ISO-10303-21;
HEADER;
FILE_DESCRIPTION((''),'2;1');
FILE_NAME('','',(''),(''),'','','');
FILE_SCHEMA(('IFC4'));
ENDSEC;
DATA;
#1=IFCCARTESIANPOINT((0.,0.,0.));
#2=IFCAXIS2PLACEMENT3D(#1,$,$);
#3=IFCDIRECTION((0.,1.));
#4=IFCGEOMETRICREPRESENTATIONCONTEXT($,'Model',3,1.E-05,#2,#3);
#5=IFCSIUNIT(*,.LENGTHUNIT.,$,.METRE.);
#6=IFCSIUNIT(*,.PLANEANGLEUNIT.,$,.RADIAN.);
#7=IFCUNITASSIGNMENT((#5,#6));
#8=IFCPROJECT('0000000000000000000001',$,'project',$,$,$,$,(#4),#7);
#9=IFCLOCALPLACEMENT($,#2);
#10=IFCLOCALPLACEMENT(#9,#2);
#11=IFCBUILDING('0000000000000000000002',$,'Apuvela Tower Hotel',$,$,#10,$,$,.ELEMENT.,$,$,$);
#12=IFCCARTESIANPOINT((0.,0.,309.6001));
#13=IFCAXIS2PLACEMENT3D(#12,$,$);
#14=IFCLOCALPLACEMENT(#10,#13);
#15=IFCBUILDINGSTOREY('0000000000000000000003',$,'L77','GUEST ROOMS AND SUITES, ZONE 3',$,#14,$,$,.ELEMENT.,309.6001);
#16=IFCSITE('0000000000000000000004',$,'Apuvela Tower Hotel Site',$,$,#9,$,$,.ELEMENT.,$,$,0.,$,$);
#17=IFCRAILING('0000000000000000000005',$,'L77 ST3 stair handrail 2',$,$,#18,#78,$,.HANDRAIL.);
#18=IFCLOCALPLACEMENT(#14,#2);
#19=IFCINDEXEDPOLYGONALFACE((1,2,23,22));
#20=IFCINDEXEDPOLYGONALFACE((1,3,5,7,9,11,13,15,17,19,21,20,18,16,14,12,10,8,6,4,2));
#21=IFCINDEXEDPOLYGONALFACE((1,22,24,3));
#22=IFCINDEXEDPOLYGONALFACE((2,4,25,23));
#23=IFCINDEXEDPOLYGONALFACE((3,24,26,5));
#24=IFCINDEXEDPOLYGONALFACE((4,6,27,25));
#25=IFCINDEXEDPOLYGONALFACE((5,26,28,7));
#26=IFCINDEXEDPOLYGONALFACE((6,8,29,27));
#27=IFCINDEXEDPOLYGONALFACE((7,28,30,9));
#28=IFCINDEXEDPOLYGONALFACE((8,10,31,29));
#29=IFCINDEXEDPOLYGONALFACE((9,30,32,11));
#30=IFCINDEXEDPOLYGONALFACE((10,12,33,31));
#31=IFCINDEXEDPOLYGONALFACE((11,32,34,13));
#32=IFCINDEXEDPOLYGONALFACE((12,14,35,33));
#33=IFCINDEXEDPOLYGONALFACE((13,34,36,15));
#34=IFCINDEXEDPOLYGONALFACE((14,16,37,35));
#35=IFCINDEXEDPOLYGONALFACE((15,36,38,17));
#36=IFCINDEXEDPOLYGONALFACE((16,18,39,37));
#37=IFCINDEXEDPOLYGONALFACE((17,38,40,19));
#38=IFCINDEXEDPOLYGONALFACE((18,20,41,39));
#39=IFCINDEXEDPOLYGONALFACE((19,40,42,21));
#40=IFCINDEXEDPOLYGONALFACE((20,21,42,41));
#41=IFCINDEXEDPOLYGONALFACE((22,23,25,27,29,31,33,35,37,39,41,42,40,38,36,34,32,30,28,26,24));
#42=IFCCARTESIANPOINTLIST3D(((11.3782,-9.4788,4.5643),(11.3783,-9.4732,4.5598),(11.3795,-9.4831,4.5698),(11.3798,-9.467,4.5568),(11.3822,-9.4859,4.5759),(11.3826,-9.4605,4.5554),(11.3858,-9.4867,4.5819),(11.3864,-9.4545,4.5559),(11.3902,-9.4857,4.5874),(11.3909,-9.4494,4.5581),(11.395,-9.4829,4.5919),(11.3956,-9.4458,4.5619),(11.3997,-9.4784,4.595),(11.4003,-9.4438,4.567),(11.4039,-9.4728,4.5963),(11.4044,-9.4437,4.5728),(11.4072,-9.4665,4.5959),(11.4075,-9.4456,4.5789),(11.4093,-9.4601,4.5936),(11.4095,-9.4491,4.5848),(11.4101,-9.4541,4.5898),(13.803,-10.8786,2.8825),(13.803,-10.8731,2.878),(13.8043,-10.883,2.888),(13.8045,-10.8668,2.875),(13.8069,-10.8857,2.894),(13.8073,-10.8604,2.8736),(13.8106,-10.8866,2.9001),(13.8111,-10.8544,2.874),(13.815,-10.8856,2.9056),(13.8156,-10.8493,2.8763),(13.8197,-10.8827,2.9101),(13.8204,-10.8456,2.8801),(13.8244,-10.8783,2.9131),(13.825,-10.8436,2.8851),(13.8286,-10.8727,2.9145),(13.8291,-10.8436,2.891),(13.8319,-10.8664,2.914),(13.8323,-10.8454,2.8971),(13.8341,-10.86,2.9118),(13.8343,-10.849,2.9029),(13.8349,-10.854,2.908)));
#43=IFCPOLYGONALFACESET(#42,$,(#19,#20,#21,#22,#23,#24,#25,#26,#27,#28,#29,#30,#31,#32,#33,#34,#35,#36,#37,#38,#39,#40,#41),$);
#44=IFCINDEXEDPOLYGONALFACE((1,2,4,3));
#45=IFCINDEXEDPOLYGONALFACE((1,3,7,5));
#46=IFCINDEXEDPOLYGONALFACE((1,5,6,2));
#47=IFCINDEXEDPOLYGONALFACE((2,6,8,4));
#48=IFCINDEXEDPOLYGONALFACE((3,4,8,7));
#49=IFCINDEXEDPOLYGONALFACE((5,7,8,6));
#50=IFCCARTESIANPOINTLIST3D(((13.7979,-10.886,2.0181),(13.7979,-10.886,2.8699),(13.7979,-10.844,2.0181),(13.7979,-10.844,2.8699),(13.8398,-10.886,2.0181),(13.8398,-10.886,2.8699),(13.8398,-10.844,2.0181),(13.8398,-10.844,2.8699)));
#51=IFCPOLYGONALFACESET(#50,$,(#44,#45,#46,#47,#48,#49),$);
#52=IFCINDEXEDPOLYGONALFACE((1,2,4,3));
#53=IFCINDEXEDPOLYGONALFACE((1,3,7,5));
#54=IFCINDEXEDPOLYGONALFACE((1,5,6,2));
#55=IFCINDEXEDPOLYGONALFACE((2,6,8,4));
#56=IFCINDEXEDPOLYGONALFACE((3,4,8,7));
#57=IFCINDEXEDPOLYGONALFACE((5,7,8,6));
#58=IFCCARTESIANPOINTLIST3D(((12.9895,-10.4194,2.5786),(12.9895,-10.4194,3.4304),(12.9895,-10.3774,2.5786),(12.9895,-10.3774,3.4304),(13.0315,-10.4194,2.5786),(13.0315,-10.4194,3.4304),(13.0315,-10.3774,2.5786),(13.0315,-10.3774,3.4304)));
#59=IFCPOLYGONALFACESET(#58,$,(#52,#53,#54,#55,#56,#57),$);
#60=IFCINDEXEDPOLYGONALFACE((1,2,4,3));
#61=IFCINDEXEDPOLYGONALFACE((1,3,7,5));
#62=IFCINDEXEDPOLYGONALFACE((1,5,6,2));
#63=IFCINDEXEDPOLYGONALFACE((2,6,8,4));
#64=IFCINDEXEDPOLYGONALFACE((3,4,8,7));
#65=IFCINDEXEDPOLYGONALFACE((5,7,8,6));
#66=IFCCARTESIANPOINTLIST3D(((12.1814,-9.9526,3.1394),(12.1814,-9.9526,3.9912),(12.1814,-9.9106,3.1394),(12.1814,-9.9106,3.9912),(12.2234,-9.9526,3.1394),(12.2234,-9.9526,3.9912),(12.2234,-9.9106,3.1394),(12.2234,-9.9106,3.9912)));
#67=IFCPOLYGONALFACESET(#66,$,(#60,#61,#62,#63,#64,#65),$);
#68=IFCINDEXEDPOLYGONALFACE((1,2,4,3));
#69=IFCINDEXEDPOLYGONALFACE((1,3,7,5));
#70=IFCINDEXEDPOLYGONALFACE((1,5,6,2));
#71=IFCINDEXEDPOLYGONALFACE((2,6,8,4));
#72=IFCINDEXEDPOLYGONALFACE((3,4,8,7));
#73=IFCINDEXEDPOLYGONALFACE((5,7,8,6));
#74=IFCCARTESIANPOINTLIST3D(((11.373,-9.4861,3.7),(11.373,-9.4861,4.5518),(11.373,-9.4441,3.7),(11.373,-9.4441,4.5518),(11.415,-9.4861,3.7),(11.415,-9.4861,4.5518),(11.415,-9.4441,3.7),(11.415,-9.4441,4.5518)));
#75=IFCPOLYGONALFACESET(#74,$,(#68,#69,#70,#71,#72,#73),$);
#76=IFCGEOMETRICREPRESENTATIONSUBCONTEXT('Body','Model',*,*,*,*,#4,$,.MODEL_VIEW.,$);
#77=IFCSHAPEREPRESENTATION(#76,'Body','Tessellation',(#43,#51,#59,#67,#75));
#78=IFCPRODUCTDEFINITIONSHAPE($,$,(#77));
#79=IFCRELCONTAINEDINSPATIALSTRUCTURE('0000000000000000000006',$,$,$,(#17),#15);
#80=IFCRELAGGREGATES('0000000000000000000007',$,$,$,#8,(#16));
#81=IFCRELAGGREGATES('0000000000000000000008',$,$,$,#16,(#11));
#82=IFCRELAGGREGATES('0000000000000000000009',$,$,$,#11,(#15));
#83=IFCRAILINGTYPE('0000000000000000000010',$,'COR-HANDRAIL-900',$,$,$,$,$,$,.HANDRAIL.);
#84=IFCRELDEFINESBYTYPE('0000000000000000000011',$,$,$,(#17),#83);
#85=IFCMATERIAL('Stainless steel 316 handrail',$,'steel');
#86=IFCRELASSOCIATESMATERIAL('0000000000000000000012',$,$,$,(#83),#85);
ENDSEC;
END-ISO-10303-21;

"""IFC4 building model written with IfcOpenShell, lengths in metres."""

from ifc_helpers import new_model, si_unit, direction, frame, origin, origin_2d, place, context, subcontext, project, spatial, rectangle, circle, extrude, material, type_object, element, save


model = new_model("IFC4")

# Units and contexts
model_context = context("Model", 3, precision=1e-05, world=origin(), true_north=direction((0.0, 1.0)))
body_context = subcontext(model_context, "Body", "Model", "MODEL_VIEW")
ifc_project = project(units=[si_unit("LENGTHUNIT", "METRE"), si_unit("PLANEANGLEUNIT", "RADIAN")], contexts=[model_context])

# Site, building, storey
site_placement = place(None, origin())
site = spatial("IfcSite", under=ifc_project, at=site_placement, Name="Apuvela Tower Hotel Site", CompositionType="ELEMENT", RefElevation=0.0)
building_placement = place(site_placement, origin())
building = spatial("IfcBuilding", under=site, at=building_placement, Name="Apuvela Tower Hotel", CompositionType="ELEMENT")
storey_placement = place(building_placement, frame((0.0, 0.0, 309.6001)))
storey = spatial("IfcBuildingStorey", under=building, at=storey_placement, Name="L77", Description="GUEST ROOMS AND SUITES, ZONE 3", CompositionType="ELEMENT", Elevation=309.6001)

# Railing
ifc_material_1 = material(Name="Stainless steel 316 handrail", Category="steel")
railing_type_1 = type_object("IfcRailingType", Name="COR-HANDRAIL-900", PredefinedType="HANDRAIL", material=ifc_material_1)
railing_1_placement = place(storey_placement, frame((13.8188, -10.865, 2.0181)))
element("IfcRailing", 1, at=railing_1_placement, inside=storey, type_object=railing_type_1, Name="L77 ST3 stair handrail 2", PredefinedType="HANDRAIL", context=body_context, shape_type="SweptSolid", body=[
    extrude(circle(Radius=0.0239, at=origin_2d()), frame((0.0, 0.0, 0.876), z_axis=(-0.74239, 0.428601, 0.514934), x_axis=(-0.499984, -0.866035, 0.0)), (0.0, 0.0, 1.0), 3.2661),
    extrude(rectangle(XDim=0.042, YDim=0.042, at=origin_2d()), origin(), (0.0, 0.0, 1.0), 0.8518),
    extrude(rectangle(XDim=0.042, YDim=0.042, at=origin_2d()), frame((-0.8083, 0.4666, 0.5605)), (0.0, 0.0, 1.0), 0.8518),
    extrude(rectangle(XDim=0.042, YDim=0.042, at=origin_2d()), frame((-1.6165, 0.9333, 1.1213)), (0.0, 0.0, 1.0), 0.8518),
    extrude(rectangle(XDim=0.042, YDim=0.042, at=origin_2d()), frame((-2.4248, 1.3999, 1.6819)), (0.0, 0.0, 1.0), 0.8518),
])

save(model, "model.ifc")
